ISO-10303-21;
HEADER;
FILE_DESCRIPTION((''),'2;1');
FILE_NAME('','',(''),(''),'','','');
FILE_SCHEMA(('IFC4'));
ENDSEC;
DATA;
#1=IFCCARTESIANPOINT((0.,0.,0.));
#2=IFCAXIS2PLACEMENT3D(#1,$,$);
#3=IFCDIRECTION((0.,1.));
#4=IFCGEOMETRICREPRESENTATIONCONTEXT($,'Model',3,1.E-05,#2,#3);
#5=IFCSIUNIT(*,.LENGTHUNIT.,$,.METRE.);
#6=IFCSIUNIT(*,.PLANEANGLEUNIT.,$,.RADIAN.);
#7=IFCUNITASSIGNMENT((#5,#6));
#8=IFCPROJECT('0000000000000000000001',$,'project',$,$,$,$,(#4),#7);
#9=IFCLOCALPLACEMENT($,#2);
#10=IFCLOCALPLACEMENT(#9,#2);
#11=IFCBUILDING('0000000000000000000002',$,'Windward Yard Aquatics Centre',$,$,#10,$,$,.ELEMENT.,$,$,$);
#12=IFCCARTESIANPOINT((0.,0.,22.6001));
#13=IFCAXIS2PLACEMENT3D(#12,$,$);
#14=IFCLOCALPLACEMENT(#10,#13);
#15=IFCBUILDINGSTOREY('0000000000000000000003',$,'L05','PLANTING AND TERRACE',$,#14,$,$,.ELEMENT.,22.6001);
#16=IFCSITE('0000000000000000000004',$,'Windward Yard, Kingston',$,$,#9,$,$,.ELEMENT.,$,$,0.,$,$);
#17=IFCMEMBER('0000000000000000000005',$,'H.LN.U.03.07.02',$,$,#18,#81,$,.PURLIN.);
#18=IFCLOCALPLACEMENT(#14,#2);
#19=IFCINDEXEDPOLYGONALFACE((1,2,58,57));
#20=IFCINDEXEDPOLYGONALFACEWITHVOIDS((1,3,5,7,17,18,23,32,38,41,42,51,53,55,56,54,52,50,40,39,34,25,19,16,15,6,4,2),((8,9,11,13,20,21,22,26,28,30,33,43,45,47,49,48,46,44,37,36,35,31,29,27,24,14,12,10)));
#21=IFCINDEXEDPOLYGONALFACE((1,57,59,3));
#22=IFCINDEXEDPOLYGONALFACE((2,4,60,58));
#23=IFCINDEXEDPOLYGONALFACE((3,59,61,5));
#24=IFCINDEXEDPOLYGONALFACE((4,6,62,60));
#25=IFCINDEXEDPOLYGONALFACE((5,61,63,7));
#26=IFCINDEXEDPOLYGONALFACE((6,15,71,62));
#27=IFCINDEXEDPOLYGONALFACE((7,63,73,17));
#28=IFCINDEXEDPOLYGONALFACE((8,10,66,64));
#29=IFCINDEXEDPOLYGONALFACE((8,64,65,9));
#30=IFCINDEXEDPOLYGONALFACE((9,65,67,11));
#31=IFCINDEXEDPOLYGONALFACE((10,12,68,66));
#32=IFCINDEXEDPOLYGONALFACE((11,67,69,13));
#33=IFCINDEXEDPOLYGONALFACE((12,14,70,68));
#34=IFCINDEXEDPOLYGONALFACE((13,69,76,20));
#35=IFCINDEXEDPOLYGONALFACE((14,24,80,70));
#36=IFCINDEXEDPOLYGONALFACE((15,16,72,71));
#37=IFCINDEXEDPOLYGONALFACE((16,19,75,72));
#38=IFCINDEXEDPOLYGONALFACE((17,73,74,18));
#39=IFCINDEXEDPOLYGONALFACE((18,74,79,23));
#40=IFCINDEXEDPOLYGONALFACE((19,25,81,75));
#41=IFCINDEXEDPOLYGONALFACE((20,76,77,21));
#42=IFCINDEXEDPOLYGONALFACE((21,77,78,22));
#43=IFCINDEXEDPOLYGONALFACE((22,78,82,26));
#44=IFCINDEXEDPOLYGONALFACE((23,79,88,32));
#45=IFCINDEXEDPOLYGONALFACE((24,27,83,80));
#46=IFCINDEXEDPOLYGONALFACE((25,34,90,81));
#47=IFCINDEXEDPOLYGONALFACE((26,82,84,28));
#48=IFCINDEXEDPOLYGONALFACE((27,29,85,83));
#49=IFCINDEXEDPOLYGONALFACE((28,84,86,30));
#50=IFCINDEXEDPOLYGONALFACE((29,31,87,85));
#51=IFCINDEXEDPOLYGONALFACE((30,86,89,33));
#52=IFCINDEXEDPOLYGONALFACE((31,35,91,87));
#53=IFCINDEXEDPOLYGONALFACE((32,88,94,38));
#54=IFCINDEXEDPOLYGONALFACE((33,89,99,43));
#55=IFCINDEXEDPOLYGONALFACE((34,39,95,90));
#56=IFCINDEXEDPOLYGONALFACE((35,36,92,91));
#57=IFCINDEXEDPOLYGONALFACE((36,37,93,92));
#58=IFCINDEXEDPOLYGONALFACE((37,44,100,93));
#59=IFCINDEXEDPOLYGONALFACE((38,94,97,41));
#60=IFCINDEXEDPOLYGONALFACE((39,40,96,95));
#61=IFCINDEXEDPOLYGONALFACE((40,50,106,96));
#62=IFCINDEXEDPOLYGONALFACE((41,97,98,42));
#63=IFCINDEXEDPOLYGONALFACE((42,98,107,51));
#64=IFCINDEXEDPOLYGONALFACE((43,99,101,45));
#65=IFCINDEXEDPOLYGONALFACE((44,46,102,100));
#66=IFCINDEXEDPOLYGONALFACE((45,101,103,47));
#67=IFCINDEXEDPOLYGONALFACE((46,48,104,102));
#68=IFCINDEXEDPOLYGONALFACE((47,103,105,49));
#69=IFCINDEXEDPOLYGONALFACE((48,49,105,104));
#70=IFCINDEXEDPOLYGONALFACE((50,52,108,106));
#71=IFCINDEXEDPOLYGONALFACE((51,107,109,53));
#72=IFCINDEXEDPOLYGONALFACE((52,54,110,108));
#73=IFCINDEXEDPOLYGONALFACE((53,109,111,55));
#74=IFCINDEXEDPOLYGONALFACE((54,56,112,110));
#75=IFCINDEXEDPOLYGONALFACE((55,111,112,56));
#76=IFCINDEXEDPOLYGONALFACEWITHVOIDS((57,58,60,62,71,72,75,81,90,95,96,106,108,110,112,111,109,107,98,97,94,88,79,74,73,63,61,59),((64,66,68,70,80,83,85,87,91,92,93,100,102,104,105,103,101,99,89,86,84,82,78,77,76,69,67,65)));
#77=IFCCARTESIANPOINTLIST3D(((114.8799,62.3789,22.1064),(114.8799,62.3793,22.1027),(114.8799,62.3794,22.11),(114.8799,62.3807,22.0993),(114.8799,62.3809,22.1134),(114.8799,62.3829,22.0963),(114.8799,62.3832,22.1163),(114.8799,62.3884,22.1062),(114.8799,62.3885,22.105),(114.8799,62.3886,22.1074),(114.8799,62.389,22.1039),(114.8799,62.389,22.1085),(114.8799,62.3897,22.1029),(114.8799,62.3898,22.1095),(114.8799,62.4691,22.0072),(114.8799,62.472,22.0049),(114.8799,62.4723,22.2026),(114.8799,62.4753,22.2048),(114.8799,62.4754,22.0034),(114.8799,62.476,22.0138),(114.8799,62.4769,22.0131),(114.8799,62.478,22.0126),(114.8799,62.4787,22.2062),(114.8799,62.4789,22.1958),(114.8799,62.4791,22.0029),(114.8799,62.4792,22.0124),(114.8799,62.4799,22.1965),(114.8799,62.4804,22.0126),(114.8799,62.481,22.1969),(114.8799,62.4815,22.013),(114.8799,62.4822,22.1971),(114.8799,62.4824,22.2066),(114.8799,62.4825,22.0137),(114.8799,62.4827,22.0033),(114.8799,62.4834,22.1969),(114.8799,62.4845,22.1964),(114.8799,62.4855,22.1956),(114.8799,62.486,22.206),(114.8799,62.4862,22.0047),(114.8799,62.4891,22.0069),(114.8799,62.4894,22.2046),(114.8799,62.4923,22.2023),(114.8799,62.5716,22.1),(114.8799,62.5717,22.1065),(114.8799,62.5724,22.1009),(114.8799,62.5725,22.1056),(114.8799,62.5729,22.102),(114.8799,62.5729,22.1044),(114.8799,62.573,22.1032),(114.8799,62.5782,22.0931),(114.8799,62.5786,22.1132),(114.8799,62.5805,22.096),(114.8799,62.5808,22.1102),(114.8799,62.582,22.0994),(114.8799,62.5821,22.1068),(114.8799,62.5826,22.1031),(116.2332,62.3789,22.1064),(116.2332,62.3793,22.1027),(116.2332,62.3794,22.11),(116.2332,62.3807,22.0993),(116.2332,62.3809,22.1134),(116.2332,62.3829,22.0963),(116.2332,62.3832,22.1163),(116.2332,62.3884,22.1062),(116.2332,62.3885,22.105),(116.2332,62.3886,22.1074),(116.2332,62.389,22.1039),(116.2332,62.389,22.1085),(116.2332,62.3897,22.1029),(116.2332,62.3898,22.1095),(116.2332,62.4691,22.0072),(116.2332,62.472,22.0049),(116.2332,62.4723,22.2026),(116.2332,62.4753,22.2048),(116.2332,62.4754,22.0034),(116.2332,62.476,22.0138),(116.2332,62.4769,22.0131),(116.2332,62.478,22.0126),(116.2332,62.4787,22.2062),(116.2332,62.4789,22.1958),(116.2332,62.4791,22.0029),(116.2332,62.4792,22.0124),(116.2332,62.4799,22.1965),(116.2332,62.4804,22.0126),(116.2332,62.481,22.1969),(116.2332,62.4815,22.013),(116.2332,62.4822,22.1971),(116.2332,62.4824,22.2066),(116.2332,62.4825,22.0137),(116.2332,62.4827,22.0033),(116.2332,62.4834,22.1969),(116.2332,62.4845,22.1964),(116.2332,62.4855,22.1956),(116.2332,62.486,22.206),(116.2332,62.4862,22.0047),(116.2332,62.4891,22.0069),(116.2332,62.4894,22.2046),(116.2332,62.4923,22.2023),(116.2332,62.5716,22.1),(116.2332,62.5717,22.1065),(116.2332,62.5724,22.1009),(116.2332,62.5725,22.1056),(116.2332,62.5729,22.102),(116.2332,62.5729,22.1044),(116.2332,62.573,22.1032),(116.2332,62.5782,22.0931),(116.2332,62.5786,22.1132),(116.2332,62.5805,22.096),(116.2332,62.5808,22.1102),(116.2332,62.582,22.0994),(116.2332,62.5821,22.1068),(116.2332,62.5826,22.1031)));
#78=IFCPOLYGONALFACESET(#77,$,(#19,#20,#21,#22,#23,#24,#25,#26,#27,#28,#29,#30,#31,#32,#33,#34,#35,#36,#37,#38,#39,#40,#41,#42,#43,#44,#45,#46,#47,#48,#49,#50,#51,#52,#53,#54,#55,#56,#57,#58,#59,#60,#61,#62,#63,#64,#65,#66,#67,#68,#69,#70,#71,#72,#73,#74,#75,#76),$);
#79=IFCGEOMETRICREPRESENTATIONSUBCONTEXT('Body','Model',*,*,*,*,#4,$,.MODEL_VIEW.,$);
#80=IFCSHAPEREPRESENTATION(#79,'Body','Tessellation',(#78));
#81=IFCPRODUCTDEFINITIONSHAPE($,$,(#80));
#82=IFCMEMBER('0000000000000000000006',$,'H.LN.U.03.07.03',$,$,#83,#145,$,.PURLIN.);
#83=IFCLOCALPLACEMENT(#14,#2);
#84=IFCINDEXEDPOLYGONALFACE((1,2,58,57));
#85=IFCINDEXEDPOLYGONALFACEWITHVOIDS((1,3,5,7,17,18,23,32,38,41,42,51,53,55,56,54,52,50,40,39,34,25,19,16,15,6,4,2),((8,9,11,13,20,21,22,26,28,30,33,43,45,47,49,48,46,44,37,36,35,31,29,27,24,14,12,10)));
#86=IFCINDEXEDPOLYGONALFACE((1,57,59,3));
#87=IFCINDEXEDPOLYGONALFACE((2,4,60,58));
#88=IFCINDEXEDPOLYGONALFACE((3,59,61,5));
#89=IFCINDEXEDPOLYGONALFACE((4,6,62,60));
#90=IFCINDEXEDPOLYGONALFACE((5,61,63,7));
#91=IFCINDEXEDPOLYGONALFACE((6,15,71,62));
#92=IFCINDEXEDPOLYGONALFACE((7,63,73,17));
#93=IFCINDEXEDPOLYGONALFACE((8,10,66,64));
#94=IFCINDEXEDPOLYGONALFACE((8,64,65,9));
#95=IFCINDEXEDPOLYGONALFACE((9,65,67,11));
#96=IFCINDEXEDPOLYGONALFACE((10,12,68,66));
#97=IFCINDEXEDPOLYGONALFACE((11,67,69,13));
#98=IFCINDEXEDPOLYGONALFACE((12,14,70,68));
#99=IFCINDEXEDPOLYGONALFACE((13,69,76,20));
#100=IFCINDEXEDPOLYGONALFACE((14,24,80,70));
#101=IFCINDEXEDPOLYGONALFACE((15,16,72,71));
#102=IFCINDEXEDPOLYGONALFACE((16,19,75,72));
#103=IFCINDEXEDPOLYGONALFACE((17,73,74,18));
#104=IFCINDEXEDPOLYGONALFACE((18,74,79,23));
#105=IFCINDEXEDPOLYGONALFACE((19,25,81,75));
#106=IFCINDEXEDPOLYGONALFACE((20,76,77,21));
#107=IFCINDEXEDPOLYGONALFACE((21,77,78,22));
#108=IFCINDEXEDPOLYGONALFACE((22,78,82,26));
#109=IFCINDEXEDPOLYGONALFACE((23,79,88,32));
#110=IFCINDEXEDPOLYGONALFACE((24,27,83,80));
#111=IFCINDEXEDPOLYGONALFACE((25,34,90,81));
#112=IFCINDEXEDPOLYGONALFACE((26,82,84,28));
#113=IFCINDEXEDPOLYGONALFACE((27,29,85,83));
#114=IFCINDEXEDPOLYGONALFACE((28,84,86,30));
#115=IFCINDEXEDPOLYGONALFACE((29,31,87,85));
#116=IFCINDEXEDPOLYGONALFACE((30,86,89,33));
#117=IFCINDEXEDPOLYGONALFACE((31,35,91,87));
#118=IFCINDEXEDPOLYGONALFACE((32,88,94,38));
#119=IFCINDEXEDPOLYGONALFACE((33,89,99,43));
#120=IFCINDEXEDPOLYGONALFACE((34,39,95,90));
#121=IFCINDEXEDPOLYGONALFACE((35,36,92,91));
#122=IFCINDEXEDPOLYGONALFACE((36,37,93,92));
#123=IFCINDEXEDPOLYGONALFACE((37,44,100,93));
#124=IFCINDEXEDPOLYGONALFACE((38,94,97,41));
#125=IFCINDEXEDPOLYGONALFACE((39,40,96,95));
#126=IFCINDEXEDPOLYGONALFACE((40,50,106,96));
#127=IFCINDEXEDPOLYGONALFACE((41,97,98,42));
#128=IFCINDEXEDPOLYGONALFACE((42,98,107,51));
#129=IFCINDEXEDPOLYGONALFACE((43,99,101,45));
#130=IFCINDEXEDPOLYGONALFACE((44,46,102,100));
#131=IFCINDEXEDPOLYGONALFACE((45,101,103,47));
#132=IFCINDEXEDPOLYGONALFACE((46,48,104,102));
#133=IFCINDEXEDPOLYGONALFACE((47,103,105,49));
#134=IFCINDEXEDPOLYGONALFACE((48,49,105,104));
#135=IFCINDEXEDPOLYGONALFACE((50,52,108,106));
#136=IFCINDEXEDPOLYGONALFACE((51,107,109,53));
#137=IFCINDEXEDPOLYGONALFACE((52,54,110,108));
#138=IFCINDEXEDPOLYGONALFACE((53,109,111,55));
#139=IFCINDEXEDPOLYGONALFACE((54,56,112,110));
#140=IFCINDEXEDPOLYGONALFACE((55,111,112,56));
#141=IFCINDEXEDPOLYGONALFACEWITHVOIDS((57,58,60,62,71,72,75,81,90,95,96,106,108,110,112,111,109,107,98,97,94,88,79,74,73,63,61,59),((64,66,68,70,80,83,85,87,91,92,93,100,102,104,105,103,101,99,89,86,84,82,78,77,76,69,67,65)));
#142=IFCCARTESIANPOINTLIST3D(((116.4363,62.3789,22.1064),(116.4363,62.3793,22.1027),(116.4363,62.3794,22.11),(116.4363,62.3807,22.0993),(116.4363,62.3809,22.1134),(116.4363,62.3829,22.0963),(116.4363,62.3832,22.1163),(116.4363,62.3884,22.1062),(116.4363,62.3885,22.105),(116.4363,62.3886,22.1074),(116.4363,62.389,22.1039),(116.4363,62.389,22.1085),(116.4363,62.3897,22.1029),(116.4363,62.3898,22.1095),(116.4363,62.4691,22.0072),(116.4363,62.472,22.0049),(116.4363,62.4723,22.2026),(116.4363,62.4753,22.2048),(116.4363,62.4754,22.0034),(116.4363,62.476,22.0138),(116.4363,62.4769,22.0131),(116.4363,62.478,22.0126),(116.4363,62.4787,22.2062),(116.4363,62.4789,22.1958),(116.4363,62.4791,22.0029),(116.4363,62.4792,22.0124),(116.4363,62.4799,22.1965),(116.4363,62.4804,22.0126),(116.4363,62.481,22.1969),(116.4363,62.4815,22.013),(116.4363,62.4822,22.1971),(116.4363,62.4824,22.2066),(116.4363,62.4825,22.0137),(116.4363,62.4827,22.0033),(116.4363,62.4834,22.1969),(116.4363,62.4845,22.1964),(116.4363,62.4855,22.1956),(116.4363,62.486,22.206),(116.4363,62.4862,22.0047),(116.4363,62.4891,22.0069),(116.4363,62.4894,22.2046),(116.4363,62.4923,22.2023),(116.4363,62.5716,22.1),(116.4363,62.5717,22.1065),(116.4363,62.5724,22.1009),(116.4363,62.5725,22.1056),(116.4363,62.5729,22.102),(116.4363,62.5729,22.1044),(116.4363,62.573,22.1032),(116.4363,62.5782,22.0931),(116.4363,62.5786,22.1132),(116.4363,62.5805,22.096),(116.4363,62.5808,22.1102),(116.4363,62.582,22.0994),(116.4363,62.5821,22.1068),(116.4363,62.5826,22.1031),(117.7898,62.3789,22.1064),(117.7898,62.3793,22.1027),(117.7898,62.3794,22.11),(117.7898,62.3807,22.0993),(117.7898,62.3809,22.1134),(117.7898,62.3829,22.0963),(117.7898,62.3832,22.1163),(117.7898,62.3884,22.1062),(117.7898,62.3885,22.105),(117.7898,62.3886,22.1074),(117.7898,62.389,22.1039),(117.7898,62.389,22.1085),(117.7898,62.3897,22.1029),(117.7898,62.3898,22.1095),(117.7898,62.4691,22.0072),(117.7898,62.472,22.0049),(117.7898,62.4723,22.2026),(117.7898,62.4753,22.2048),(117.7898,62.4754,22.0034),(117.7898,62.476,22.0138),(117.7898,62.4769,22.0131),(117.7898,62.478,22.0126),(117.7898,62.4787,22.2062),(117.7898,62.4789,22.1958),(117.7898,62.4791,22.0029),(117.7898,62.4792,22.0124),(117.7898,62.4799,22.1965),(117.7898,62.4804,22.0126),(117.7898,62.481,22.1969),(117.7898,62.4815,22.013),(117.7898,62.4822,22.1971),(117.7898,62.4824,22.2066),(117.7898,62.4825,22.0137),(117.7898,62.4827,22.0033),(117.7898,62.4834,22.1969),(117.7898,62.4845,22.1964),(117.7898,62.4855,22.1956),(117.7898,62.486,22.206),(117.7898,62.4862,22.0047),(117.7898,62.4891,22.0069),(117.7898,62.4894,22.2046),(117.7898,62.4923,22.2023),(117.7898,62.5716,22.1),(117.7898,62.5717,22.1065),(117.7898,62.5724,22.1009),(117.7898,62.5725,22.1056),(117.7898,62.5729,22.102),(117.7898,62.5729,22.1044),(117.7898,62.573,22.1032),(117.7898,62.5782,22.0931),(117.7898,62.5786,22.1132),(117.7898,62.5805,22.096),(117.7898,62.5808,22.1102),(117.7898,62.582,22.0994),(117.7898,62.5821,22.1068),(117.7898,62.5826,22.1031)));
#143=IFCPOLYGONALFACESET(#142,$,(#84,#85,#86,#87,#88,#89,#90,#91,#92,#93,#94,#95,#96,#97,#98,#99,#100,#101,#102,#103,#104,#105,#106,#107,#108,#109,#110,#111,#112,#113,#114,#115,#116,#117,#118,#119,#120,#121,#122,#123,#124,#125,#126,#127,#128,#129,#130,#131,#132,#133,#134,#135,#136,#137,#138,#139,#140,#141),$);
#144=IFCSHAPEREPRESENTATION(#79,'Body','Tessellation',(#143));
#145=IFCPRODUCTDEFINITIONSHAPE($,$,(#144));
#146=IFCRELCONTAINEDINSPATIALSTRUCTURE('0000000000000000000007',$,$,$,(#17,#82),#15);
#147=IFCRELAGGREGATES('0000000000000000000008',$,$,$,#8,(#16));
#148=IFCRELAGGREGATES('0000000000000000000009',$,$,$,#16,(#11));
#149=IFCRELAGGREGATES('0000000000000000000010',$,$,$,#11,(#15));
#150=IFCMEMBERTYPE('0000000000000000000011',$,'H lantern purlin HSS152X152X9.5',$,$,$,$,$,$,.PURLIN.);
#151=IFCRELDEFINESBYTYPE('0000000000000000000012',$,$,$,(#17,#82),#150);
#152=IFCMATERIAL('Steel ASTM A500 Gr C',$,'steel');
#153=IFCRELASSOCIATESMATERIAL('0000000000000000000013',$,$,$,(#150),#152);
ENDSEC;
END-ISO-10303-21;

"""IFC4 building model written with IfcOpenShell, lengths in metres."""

from ifc_helpers import new_model, si_unit, direction, frame, origin, origin_2d, place, context, subcontext, project, spatial, hollow_rectangle, extrude, material, material_profile, profile_set, type_object, element, save


model = new_model("IFC4")

# Units and contexts
model_context = context("Model", 3, precision=1e-05, world=origin(), true_north=direction((0.0, 1.0)))
body_context = subcontext(model_context, "Body", "Model", "MODEL_VIEW")
ifc_project = project(units=[si_unit("LENGTHUNIT", "METRE"), si_unit("PLANEANGLEUNIT", "RADIAN")], contexts=[model_context])

# Site, building, storey
site_placement = place(None, origin())
site = spatial("IfcSite", under=ifc_project, at=site_placement, Name="Windward Yard, Kingston", CompositionType="ELEMENT", RefElevation=0.0)
building_placement = place(site_placement, origin())
building = spatial("IfcBuilding", under=site, at=building_placement, Name="Windward Yard Aquatics Centre", CompositionType="ELEMENT")
storey_placement = place(building_placement, frame((0.0, 0.0, 22.6001)))
storey = spatial("IfcBuildingStorey", under=building, at=storey_placement, Name="L05", Description="PLANTING AND TERRACE", CompositionType="ELEMENT", Elevation=22.6001)

# Members
ifc_material_1 = material(Name="Steel ASTM A500 Gr C", Category="steel")
ifc_material_profile = material_profile(ifc_material_1, hollow_rectangle(XDim=0.1523, YDim=0.1523, WallThickness=0.0095, InnerFilletRadius=0.0046, OuterFilletRadius=0.0142, at=origin_2d()), Name="HSS152X152X9.5")
ifc_profile_set = profile_set([ifc_material_profile], Name="Steel ASTM A500 Gr C")
member_type = type_object("IfcMemberType", Name="H lantern purlin HSS152X152X9.5", PredefinedType="PURLIN", material=ifc_profile_set)
for number, where, z_axis, x_axis, name in (
    (1, (114.8799, 62.4807, 22.1047), (1.0, 0.0, 0.0), (0.0, 0.69555, -0.718477), "H.LN.U.03.07.02"),
):
    element("IfcMember", number, at=place(storey_placement, frame(where, z_axis=z_axis, x_axis=x_axis)), inside=storey, type_object=member_type, Name=name, PredefinedType="PURLIN", context=body_context, shape_type="SweptSolid", body=[
        extrude(hollow_rectangle(XDim=0.1523, YDim=0.1523, WallThickness=0.0095, InnerFilletRadius=0.0046, OuterFilletRadius=0.0142, at=origin_2d()), origin(), (0.0, 0.0, 1.0), 1.3533),
    ])
member_1_placement = place(storey_placement, frame((116.4363, 62.4807, 22.1047), z_axis=(1.0, 0.0, 0.0), x_axis=(0.0, 0.69555, -0.718477)))
element("IfcMember", 2, at=member_1_placement, inside=storey, type_object=member_type, Name="H.LN.U.03.07.03", PredefinedType="PURLIN", context=body_context, shape_type="SweptSolid", body=[
    extrude(hollow_rectangle(XDim=0.1523, YDim=0.1523, WallThickness=0.0095, InnerFilletRadius=0.0046, OuterFilletRadius=0.0142, at=origin_2d()), origin(), (0.0, 0.0, 1.0), 1.3535),
])

save(model, "model.ifc")
